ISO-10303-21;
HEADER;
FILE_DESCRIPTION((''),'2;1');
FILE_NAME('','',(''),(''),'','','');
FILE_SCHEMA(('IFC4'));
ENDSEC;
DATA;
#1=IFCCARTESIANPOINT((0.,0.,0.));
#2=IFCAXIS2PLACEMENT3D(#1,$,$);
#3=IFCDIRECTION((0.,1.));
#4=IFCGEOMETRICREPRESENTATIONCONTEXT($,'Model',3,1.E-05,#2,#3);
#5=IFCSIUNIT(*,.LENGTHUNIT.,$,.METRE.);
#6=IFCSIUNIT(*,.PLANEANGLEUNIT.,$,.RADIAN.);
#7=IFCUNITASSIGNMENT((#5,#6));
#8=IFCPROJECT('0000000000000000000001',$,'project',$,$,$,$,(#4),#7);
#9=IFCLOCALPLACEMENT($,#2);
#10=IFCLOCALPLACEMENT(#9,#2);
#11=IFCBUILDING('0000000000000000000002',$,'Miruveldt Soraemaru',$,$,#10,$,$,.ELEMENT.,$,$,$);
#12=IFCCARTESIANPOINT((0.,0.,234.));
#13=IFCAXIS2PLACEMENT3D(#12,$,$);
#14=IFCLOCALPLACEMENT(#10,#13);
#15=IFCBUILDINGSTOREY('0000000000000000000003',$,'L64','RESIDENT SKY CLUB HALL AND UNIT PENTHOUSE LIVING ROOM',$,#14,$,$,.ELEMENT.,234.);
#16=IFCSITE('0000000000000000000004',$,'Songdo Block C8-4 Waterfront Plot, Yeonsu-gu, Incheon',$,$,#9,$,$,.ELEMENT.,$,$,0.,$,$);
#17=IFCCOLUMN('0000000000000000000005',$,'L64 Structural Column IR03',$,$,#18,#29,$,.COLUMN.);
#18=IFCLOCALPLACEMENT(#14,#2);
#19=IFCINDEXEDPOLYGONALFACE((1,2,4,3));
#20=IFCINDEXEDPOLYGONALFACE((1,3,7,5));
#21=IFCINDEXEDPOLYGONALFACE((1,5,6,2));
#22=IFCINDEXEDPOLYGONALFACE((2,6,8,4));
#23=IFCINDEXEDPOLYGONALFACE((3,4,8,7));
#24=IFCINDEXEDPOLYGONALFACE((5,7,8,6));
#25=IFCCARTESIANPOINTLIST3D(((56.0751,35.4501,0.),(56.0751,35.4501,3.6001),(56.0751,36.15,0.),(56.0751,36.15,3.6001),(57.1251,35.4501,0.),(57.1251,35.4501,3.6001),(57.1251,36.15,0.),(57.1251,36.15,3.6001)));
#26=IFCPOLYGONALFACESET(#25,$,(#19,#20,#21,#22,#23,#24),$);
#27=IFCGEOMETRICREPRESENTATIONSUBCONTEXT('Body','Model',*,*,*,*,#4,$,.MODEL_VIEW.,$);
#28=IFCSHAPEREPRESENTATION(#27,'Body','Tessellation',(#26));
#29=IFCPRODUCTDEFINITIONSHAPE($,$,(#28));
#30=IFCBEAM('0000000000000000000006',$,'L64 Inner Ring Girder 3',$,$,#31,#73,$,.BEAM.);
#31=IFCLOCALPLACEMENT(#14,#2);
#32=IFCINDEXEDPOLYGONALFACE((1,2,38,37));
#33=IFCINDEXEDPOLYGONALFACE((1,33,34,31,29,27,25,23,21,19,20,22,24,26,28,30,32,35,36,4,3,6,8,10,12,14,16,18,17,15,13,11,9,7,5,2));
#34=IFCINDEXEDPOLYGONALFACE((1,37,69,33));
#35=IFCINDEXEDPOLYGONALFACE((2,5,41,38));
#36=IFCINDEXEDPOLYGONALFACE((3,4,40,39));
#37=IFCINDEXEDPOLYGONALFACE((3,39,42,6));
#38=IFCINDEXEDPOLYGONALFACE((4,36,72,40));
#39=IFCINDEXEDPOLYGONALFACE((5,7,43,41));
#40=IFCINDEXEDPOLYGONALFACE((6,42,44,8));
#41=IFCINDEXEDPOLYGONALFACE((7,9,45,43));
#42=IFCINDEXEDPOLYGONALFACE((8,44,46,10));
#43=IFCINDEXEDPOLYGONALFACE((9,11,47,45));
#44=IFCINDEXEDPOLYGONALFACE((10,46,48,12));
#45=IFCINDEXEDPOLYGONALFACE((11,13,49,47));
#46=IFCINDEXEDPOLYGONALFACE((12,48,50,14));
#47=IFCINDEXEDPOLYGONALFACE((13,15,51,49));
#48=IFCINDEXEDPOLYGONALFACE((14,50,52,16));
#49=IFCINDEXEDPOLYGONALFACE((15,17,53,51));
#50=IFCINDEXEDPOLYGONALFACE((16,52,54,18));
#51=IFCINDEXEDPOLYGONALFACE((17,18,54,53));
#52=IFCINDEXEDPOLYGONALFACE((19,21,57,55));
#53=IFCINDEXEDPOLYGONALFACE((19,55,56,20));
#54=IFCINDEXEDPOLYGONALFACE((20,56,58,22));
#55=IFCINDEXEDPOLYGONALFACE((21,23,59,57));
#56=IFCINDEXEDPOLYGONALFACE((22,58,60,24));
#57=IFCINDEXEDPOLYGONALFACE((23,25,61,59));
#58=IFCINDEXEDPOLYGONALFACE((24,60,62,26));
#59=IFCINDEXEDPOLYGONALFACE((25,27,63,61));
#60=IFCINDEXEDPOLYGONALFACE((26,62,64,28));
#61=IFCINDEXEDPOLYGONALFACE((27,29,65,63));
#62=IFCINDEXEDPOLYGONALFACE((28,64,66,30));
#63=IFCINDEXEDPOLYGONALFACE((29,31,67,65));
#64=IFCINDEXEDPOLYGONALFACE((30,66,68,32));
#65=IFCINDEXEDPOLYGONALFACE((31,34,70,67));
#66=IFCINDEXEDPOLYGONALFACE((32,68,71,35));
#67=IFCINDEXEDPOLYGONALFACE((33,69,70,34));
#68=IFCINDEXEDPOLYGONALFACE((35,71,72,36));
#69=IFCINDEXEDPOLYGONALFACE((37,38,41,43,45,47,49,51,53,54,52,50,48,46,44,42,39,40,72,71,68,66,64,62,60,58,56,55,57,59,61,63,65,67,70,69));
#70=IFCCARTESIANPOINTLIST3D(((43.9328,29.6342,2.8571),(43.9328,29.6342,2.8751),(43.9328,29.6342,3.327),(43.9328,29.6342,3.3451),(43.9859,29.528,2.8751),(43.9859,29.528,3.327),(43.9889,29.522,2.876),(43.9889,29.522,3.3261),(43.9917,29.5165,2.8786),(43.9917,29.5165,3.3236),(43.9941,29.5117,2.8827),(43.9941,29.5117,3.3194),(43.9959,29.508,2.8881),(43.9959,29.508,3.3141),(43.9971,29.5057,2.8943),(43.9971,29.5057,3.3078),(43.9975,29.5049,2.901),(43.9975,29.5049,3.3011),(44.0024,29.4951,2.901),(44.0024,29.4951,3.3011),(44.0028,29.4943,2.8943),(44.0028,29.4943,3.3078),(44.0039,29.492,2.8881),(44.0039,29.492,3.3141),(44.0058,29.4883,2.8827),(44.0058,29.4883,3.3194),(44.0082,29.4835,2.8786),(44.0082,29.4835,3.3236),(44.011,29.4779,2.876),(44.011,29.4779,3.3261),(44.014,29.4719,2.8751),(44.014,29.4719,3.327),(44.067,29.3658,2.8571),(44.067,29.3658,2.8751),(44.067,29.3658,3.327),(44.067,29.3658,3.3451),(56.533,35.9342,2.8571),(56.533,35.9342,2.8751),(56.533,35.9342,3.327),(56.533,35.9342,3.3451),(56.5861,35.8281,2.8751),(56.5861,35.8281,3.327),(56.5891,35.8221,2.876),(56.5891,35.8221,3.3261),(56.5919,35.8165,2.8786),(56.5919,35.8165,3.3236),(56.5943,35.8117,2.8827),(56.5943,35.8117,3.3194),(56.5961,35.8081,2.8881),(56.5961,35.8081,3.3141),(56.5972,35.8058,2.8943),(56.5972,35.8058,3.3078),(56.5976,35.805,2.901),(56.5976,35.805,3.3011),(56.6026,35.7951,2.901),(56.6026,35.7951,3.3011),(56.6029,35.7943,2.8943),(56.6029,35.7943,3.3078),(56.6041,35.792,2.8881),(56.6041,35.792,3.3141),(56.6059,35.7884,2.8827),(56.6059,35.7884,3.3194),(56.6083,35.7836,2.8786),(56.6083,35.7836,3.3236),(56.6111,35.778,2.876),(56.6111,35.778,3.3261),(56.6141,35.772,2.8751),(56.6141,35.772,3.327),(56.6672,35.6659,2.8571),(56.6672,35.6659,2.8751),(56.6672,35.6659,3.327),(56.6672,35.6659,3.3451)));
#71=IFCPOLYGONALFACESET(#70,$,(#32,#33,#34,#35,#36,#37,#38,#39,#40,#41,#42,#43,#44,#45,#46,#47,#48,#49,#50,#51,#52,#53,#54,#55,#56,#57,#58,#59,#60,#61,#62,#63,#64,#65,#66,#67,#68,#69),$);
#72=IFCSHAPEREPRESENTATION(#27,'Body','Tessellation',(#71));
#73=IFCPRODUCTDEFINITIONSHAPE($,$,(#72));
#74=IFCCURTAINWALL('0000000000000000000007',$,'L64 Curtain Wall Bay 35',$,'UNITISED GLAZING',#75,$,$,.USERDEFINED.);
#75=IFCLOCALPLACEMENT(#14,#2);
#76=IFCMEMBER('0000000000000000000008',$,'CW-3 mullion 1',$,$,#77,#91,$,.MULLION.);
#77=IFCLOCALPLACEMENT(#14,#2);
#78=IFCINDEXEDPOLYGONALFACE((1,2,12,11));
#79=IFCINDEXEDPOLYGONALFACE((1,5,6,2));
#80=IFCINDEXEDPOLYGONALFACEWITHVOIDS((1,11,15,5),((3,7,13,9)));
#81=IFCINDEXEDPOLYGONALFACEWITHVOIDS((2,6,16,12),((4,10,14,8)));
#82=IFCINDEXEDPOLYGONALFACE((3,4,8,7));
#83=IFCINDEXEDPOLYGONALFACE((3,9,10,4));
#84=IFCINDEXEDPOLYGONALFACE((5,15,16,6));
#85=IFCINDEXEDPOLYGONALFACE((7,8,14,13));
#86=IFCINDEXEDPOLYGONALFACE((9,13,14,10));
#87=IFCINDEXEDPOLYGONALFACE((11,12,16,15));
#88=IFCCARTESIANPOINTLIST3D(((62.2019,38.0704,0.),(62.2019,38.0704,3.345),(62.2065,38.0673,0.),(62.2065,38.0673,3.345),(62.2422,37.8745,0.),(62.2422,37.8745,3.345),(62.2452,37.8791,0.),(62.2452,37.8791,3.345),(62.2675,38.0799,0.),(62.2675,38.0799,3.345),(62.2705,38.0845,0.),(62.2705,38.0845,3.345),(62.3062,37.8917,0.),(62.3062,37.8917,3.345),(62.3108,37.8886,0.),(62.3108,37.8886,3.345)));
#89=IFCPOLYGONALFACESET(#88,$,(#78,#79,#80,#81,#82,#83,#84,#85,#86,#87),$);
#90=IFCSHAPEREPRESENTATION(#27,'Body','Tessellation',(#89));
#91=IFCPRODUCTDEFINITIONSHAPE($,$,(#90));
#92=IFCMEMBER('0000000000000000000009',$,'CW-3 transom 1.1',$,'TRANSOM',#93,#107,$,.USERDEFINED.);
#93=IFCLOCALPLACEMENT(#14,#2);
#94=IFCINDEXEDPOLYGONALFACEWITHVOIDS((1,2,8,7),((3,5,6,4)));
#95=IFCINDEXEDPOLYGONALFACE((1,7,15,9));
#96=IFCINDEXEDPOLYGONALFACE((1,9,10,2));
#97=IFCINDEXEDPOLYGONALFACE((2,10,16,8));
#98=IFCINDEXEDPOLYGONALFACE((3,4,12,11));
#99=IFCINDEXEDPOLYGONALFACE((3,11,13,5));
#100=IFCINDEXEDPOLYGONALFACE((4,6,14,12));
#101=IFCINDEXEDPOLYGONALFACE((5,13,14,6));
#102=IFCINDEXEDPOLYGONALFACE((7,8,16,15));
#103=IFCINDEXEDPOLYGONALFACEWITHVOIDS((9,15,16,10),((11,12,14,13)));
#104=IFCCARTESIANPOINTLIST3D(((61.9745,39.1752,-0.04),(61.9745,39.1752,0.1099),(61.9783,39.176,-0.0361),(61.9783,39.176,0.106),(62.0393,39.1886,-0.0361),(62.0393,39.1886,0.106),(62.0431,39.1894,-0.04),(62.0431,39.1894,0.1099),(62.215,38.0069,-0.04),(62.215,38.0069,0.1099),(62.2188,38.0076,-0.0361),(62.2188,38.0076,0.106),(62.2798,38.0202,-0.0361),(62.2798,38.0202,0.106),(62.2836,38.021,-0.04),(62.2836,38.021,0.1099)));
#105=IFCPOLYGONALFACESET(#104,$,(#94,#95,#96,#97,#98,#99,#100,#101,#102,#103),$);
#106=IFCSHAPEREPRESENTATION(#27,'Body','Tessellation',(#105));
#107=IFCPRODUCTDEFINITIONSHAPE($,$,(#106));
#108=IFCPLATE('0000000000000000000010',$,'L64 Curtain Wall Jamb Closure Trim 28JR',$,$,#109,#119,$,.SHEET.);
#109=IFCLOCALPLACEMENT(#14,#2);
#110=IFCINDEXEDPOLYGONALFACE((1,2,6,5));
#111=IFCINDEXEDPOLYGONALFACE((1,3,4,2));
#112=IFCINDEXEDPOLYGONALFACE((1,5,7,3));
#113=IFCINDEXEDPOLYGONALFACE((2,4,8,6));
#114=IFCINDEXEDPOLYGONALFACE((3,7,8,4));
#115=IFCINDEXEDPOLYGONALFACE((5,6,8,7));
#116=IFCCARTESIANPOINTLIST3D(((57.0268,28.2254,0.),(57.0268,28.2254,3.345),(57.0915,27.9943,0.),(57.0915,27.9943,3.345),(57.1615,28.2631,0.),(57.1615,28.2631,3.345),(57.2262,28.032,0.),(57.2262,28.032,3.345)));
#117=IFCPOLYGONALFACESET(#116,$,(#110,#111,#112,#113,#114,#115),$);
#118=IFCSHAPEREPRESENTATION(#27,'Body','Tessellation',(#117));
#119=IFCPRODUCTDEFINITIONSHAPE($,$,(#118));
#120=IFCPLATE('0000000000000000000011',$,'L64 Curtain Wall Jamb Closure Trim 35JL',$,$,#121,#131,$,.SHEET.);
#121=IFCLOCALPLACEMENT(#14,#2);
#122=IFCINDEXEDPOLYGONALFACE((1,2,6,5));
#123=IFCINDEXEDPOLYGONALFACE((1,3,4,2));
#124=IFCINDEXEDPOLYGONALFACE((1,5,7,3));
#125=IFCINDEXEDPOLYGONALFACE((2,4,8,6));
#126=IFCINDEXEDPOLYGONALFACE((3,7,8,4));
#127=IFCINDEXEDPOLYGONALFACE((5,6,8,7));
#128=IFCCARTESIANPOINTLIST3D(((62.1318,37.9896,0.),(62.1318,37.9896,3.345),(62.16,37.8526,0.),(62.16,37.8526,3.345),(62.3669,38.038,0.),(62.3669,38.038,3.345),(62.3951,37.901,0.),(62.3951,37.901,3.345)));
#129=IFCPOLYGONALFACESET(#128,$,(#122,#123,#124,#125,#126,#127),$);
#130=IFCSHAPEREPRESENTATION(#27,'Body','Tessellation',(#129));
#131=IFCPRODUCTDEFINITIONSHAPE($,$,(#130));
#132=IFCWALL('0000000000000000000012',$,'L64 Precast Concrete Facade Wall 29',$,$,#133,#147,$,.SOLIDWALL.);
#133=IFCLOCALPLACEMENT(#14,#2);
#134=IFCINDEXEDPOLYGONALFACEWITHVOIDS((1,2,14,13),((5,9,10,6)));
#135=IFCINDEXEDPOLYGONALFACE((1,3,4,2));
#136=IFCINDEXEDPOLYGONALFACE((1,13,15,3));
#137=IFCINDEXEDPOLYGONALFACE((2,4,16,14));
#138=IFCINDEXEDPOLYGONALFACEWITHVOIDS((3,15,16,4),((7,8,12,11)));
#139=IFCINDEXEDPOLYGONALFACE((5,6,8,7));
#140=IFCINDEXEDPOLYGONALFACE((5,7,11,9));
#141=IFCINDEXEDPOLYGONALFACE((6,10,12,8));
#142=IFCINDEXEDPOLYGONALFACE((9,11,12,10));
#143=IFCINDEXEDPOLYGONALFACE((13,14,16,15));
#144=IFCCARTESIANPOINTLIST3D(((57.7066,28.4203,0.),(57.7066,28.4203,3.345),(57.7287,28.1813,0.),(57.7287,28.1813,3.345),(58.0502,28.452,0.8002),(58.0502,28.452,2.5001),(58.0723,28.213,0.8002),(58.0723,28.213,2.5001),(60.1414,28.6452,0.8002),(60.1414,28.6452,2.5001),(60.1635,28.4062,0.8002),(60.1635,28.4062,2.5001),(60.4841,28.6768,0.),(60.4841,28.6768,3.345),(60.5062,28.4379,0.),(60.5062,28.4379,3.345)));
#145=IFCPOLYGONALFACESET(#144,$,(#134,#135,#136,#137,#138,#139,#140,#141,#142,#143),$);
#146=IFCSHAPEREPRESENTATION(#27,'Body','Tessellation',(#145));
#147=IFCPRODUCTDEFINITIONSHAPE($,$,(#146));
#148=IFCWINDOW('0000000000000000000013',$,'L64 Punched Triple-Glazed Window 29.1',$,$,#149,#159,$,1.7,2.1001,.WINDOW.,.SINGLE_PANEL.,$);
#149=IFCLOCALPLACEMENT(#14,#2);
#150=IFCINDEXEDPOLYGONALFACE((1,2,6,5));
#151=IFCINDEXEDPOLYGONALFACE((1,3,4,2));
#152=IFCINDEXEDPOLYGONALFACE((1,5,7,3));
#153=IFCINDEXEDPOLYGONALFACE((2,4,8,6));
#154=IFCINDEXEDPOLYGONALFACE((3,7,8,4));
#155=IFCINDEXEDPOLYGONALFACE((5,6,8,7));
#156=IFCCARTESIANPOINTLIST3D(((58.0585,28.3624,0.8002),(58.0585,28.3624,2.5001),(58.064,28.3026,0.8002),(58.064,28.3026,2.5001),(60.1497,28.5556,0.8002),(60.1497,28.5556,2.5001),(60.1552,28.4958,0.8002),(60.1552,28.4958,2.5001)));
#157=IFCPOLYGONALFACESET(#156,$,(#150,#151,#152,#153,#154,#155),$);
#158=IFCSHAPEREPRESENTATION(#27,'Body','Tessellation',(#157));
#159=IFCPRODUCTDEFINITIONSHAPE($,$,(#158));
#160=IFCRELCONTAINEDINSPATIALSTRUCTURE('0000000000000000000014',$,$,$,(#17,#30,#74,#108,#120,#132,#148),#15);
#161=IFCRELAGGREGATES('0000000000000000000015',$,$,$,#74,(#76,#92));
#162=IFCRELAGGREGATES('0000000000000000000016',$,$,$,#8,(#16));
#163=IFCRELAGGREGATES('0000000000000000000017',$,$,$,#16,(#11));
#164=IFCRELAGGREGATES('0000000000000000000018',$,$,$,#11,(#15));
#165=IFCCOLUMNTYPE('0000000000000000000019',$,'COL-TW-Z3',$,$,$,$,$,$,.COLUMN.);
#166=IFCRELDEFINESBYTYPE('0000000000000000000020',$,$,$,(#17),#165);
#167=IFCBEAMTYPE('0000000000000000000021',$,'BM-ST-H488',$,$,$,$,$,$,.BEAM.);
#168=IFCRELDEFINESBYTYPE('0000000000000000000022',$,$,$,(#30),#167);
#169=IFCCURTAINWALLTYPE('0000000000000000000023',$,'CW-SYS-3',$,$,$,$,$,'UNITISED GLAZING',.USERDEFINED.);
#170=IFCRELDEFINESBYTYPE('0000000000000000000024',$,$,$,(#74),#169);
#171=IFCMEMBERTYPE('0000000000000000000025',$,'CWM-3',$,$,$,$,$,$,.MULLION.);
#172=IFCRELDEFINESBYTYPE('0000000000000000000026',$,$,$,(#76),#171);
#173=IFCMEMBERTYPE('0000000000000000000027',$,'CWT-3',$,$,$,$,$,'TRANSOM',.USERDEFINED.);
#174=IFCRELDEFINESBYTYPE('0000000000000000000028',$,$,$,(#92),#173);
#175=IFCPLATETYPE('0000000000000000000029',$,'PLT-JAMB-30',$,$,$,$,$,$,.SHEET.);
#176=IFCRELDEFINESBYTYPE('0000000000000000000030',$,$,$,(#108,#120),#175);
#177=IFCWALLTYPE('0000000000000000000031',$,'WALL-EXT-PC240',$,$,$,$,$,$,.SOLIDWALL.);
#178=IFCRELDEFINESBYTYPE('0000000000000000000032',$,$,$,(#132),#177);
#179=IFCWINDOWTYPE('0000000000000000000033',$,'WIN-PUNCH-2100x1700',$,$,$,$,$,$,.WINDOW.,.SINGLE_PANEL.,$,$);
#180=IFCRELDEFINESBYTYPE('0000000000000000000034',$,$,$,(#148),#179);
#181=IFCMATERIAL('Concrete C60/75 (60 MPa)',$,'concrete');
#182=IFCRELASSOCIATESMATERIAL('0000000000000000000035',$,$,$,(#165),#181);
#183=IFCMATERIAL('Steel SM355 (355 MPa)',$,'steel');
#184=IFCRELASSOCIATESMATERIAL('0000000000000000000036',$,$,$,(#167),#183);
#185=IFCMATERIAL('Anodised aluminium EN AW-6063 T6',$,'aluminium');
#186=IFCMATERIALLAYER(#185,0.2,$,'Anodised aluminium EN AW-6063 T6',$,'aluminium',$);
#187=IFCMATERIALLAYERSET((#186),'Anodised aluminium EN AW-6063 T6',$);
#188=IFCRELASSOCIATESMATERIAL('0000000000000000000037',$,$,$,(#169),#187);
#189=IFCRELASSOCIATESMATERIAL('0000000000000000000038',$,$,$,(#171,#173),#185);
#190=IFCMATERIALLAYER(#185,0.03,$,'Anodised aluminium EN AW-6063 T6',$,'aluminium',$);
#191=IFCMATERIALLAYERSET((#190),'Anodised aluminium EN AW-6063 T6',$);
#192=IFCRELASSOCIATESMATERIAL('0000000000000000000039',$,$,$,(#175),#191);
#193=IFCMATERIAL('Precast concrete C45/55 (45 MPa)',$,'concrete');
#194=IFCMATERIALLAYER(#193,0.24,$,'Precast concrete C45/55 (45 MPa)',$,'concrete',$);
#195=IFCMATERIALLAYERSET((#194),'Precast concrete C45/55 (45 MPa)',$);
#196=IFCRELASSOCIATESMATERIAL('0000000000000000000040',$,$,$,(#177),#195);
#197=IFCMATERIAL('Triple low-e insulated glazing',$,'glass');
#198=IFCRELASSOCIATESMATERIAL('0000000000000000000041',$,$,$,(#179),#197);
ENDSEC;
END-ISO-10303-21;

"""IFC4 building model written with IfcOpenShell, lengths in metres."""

from ifc_helpers import new_model, si_unit, direction, frame, frame_2d, origin, origin_2d, place, context, subcontext, project, spatial, rectangle, hollow_rectangle, i_section, extrude, material, layer, layer_set, material_profile, profile_set, type_object, element, fill, aggregate, save


model = new_model("IFC4")

# Units and contexts
model_context = context("Model", 3, precision=1e-05, world=origin(), true_north=direction((0.0, 1.0)))
body_context = subcontext(model_context, "Body", "Model", "MODEL_VIEW")
ifc_project = project(units=[si_unit("LENGTHUNIT", "METRE"), si_unit("PLANEANGLEUNIT", "RADIAN")], contexts=[model_context])

# Site, building, storey
site_placement = place(None, origin())
site = spatial("IfcSite", under=ifc_project, at=site_placement, Name="Songdo Block C8-4 Waterfront Plot, Yeonsu-gu, Incheon", CompositionType="ELEMENT", RefElevation=0.0)
building_placement = place(site_placement, origin())
building = spatial("IfcBuilding", under=site, at=building_placement, Name="Miruveldt Soraemaru", CompositionType="ELEMENT")
storey_placement = place(building_placement, frame((0.0, 0.0, 234.0)))
storey = spatial("IfcBuildingStorey", under=building, at=storey_placement, Name="L64", Description="RESIDENT SKY CLUB HALL AND UNIT PENTHOUSE LIVING ROOM", CompositionType="ELEMENT", Elevation=234.0)

# Column
ifc_material_1 = material(Name="Concrete C60/75 (60 MPa)", Category="concrete")
ifc_material_profile_1 = material_profile(ifc_material_1, rectangle(XDim=1.05, YDim=0.7, at=origin_2d()), Name="Concrete C60/75 (60 MPa)", Category="concrete")
ifc_profile_set_1 = profile_set([ifc_material_profile_1], Name="Concrete C60/75 (60 MPa)")
column_type = type_object("IfcColumnType", Name="COL-TW-Z3", PredefinedType="COLUMN", material=ifc_profile_set_1)
column_placement = place(storey_placement, frame((56.6001, 35.8, 0.0), z_axis=(0.0, 0.0, 1.0), x_axis=(1.0, 0.0, 0.0)))
element("IfcColumn", 1, at=column_placement, inside=storey, type_object=column_type, Name="L64 Structural Column IR03", PredefinedType="COLUMN", context=body_context, shape_type="SweptSolid", body=[
    extrude(rectangle(XDim=1.05, YDim=0.7, at=origin_2d()), origin(), (0.0, 0.0, 1.0), 3.6001),
])

# Beam
ifc_material_2 = material(Name="Steel SM355 (355 MPa)", Category="steel")
ifc_material_profile_2 = material_profile(ifc_material_2, i_section(OverallWidth=0.3, OverallDepth=0.488, WebThickness=0.011, FlangeThickness=0.0181, FilletRadius=0.0259, at=origin_2d()), Name="Steel SM355 (355 MPa)", Category="steel")
ifc_profile_set_2 = profile_set([ifc_material_profile_2], Name="Steel SM355 (355 MPa)")
beam_type = type_object("IfcBeamType", Name="BM-ST-H488", PredefinedType="BEAM", material=ifc_profile_set_2)
beam_placement = place(storey_placement, frame((56.6001, 35.8, 3.1011), z_axis=(-0.894427, -0.447214, 0.0), x_axis=(0.447214, -0.894427, 0.0)))
element("IfcBeam", 2, at=beam_placement, inside=storey, type_object=beam_type, Name="L64 Inner Ring Girder 3", PredefinedType="BEAM", context=body_context, shape_type="SweptSolid", body=[
    extrude(i_section(OverallWidth=0.3, OverallDepth=0.488, WebThickness=0.011, FlangeThickness=0.0181, FilletRadius=0.0259, at=origin_2d()), origin(), (0.0, 0.0, 1.0), 14.0874),
])

# Curtain wall, members
ifc_material_3 = material(Name="Anodised aluminium EN AW-6063 T6", Category="aluminium")
ifc_layer_1 = layer(ifc_material_3, 0.2, Name="Anodised aluminium EN AW-6063 T6", Category="aluminium")
ifc_layer_set_1 = layer_set([ifc_layer_1], Name="Anodised aluminium EN AW-6063 T6")
curtain_wall_type = type_object("IfcCurtainWallType", Name="CW-SYS-3", ElementType="UNITISED GLAZING", PredefinedType="USERDEFINED", material=ifc_layer_set_1)
curtain_wall_placement = place(storey_placement, origin())
curtain_wall = element("IfcCurtainWall", 3, at=curtain_wall_placement, inside=storey, type_object=curtain_wall_type, Name="L64 Curtain Wall Bay 35", ObjectType="UNITISED GLAZING", PredefinedType="USERDEFINED")
ifc_material_profile_3 = material_profile(ifc_material_3, hollow_rectangle(XDim=0.0701, YDim=0.2, WallThickness=0.0039, at=origin_2d()), Name="Anodised aluminium EN AW-6063 T6", Category="aluminium")
ifc_profile_set_3 = profile_set([ifc_material_profile_3], Name="Anodised aluminium EN AW-6063 T6")
member_type_1 = type_object("IfcMemberType", Name="CWM-3", PredefinedType="MULLION", material=ifc_profile_set_3)
member_1_placement = place(storey_placement, frame((62.2563, 37.9795, 0.0), z_axis=(0.0, 0.0, 1.0), x_axis=(-0.979472, -0.20158, 0.0)))
member_1 = element("IfcMember", 4, at=member_1_placement, type_object=member_type_1, Name="CW-3 mullion 1", PredefinedType="MULLION", context=body_context, shape_type="SweptSolid", body=[
    extrude(hollow_rectangle(XDim=0.0701, YDim=0.2, WallThickness=0.0039, at=origin_2d()), origin(), (0.0, 0.0, 1.0), 3.345),
])
ifc_material_profile_4 = material_profile(ifc_material_3, hollow_rectangle(XDim=0.0701, YDim=0.1499, WallThickness=0.0039, at=origin_2d()), Name="Anodised aluminium EN AW-6063 T6", Category="aluminium")
ifc_profile_set_4 = profile_set([ifc_material_profile_4], Name="Anodised aluminium EN AW-6063 T6")
member_type_2 = type_object("IfcMemberType", Name="CWT-3", ElementType="TRANSOM", PredefinedType="USERDEFINED", material=ifc_profile_set_4)
member_2_placement = place(storey_placement, frame((62.2493, 38.0139, 0.0349), z_axis=(-0.201584, 0.979471, 0.0), x_axis=(-0.979471, -0.201584, 0.0)))
member_2 = element("IfcMember", 5, at=member_2_placement, type_object=member_type_2, Name="CW-3 transom 1.1", ObjectType="TRANSOM", PredefinedType="USERDEFINED", context=body_context, shape_type="SweptSolid", body=[
    extrude(hollow_rectangle(XDim=0.0701, YDim=0.1499, WallThickness=0.0039, at=origin_2d()), origin(), (0.0, 0.0, 1.0), 1.1929),
])
aggregate(curtain_wall, [member_1, member_2])

# Plates
ifc_layer_2 = layer(ifc_material_3, 0.03, Name="Anodised aluminium EN AW-6063 T6", Category="aluminium")
ifc_layer_set_2 = layer_set([ifc_layer_2], Name="Anodised aluminium EN AW-6063 T6")
plate_type = type_object("IfcPlateType", Name="PLT-JAMB-30", PredefinedType="SHEET", material=ifc_layer_set_2)
for number, where, z_axis, x_axis, name in (
    (6, (57.1265, 28.1287, 0.0), (0.0, 0.0, 1.0), (0.962965, 0.269626, 0.0), "L64 Curtain Wall Jamb Closure Trim 28JR"),
    (7, (62.2634, 37.9453, 0.0), (0.0, 0.0, 1.0), (-0.201574, 0.979473, 0.0), "L64 Curtain Wall Jamb Closure Trim 35JL"),
):
    element("IfcPlate", number, at=place(storey_placement, frame(where, z_axis=z_axis, x_axis=x_axis)), inside=storey, type_object=plate_type, Name=name, PredefinedType="SHEET", context=body_context, shape_type="SweptSolid", body=[
        extrude(rectangle(XDim=0.1399, YDim=0.24, at=origin_2d()), origin(), (0.0, 0.0, 1.0), 3.345),
    ])

# Wall, opening, window
ifc_material_4 = material(Name="Precast concrete C45/55 (45 MPa)", Category="concrete")
ifc_layer_3 = layer(ifc_material_4, 0.24, Name="Precast concrete C45/55 (45 MPa)", Category="concrete")
ifc_layer_set_3 = layer_set([ifc_layer_3], Name="Precast concrete C45/55 (45 MPa)")
wall_type_1 = type_object("IfcWallType", Name="WALL-EXT-PC240", PredefinedType="SOLIDWALL", material=ifc_layer_set_3)
wall_1_placement = place(storey_placement, frame((57.7178, 28.3008, 0.0), z_axis=(0.0, 0.0, 1.0), x_axis=(0.99576, 0.091988, 0.0)))
wall_1 = element("IfcWall", 8, at=wall_1_placement, inside=storey, type_object=wall_type_1, Name="L64 Precast Concrete Facade Wall 29", PredefinedType="SOLIDWALL", context=body_context, shape_type="SweptSolid", body=[
    extrude(rectangle(XDim=2.7893, YDim=0.24, at=frame_2d((1.3945, 0.0))), origin(), (0.0, 0.0, 1.0), 3.345),
])
opening_1_placement = place(wall_1_placement, frame((0.345, 0.0, 0.8)))
opening_1 = element("IfcOpeningElement", 9, at=opening_1_placement, cuts=wall_1, PredefinedType="OPENING", context=body_context, shape_type="SweptSolid", body=[
    extrude(rectangle(XDim=2.1001, YDim=1.7, at=frame_2d((1.05, 0.8501))), frame((0.0, 0.1299, 0.0), z_axis=(0.0, -1.0, 0.0), x_axis=(1.0, 0.0, 0.0)), (0.0, 0.0, 1.0), 0.26),
])
ifc_material_5 = material(Name="Triple low-e insulated glazing", Category="glass")
window_type_1 = type_object("IfcWindowType", Name="WIN-PUNCH-2100x1700", PartitioningType="SINGLE_PANEL", PredefinedType="WINDOW", material=ifc_material_5)
window_1_placement = place(opening_1_placement, origin())
window_1 = element("IfcWindow", 10, at=window_1_placement, inside=storey, type_object=window_type_1, Name="L64 Punched Triple-Glazed Window 29.1", OverallHeight=1.7, OverallWidth=2.1001, PartitioningType="SINGLE_PANEL", PredefinedType="WINDOW", context=body_context, shape_type="SweptSolid", body=[
    extrude(rectangle(XDim=2.1001, YDim=1.7, at=frame_2d((1.05, 0.8501))), frame((0.0, 0.03, 0.0), z_axis=(0.0, -1.0, 0.0), x_axis=(1.0, 0.0, 0.0)), (0.0, 0.0, 1.0), 0.0601),
])
fill(opening_1, window_1)

save(model, "model.ifc")
